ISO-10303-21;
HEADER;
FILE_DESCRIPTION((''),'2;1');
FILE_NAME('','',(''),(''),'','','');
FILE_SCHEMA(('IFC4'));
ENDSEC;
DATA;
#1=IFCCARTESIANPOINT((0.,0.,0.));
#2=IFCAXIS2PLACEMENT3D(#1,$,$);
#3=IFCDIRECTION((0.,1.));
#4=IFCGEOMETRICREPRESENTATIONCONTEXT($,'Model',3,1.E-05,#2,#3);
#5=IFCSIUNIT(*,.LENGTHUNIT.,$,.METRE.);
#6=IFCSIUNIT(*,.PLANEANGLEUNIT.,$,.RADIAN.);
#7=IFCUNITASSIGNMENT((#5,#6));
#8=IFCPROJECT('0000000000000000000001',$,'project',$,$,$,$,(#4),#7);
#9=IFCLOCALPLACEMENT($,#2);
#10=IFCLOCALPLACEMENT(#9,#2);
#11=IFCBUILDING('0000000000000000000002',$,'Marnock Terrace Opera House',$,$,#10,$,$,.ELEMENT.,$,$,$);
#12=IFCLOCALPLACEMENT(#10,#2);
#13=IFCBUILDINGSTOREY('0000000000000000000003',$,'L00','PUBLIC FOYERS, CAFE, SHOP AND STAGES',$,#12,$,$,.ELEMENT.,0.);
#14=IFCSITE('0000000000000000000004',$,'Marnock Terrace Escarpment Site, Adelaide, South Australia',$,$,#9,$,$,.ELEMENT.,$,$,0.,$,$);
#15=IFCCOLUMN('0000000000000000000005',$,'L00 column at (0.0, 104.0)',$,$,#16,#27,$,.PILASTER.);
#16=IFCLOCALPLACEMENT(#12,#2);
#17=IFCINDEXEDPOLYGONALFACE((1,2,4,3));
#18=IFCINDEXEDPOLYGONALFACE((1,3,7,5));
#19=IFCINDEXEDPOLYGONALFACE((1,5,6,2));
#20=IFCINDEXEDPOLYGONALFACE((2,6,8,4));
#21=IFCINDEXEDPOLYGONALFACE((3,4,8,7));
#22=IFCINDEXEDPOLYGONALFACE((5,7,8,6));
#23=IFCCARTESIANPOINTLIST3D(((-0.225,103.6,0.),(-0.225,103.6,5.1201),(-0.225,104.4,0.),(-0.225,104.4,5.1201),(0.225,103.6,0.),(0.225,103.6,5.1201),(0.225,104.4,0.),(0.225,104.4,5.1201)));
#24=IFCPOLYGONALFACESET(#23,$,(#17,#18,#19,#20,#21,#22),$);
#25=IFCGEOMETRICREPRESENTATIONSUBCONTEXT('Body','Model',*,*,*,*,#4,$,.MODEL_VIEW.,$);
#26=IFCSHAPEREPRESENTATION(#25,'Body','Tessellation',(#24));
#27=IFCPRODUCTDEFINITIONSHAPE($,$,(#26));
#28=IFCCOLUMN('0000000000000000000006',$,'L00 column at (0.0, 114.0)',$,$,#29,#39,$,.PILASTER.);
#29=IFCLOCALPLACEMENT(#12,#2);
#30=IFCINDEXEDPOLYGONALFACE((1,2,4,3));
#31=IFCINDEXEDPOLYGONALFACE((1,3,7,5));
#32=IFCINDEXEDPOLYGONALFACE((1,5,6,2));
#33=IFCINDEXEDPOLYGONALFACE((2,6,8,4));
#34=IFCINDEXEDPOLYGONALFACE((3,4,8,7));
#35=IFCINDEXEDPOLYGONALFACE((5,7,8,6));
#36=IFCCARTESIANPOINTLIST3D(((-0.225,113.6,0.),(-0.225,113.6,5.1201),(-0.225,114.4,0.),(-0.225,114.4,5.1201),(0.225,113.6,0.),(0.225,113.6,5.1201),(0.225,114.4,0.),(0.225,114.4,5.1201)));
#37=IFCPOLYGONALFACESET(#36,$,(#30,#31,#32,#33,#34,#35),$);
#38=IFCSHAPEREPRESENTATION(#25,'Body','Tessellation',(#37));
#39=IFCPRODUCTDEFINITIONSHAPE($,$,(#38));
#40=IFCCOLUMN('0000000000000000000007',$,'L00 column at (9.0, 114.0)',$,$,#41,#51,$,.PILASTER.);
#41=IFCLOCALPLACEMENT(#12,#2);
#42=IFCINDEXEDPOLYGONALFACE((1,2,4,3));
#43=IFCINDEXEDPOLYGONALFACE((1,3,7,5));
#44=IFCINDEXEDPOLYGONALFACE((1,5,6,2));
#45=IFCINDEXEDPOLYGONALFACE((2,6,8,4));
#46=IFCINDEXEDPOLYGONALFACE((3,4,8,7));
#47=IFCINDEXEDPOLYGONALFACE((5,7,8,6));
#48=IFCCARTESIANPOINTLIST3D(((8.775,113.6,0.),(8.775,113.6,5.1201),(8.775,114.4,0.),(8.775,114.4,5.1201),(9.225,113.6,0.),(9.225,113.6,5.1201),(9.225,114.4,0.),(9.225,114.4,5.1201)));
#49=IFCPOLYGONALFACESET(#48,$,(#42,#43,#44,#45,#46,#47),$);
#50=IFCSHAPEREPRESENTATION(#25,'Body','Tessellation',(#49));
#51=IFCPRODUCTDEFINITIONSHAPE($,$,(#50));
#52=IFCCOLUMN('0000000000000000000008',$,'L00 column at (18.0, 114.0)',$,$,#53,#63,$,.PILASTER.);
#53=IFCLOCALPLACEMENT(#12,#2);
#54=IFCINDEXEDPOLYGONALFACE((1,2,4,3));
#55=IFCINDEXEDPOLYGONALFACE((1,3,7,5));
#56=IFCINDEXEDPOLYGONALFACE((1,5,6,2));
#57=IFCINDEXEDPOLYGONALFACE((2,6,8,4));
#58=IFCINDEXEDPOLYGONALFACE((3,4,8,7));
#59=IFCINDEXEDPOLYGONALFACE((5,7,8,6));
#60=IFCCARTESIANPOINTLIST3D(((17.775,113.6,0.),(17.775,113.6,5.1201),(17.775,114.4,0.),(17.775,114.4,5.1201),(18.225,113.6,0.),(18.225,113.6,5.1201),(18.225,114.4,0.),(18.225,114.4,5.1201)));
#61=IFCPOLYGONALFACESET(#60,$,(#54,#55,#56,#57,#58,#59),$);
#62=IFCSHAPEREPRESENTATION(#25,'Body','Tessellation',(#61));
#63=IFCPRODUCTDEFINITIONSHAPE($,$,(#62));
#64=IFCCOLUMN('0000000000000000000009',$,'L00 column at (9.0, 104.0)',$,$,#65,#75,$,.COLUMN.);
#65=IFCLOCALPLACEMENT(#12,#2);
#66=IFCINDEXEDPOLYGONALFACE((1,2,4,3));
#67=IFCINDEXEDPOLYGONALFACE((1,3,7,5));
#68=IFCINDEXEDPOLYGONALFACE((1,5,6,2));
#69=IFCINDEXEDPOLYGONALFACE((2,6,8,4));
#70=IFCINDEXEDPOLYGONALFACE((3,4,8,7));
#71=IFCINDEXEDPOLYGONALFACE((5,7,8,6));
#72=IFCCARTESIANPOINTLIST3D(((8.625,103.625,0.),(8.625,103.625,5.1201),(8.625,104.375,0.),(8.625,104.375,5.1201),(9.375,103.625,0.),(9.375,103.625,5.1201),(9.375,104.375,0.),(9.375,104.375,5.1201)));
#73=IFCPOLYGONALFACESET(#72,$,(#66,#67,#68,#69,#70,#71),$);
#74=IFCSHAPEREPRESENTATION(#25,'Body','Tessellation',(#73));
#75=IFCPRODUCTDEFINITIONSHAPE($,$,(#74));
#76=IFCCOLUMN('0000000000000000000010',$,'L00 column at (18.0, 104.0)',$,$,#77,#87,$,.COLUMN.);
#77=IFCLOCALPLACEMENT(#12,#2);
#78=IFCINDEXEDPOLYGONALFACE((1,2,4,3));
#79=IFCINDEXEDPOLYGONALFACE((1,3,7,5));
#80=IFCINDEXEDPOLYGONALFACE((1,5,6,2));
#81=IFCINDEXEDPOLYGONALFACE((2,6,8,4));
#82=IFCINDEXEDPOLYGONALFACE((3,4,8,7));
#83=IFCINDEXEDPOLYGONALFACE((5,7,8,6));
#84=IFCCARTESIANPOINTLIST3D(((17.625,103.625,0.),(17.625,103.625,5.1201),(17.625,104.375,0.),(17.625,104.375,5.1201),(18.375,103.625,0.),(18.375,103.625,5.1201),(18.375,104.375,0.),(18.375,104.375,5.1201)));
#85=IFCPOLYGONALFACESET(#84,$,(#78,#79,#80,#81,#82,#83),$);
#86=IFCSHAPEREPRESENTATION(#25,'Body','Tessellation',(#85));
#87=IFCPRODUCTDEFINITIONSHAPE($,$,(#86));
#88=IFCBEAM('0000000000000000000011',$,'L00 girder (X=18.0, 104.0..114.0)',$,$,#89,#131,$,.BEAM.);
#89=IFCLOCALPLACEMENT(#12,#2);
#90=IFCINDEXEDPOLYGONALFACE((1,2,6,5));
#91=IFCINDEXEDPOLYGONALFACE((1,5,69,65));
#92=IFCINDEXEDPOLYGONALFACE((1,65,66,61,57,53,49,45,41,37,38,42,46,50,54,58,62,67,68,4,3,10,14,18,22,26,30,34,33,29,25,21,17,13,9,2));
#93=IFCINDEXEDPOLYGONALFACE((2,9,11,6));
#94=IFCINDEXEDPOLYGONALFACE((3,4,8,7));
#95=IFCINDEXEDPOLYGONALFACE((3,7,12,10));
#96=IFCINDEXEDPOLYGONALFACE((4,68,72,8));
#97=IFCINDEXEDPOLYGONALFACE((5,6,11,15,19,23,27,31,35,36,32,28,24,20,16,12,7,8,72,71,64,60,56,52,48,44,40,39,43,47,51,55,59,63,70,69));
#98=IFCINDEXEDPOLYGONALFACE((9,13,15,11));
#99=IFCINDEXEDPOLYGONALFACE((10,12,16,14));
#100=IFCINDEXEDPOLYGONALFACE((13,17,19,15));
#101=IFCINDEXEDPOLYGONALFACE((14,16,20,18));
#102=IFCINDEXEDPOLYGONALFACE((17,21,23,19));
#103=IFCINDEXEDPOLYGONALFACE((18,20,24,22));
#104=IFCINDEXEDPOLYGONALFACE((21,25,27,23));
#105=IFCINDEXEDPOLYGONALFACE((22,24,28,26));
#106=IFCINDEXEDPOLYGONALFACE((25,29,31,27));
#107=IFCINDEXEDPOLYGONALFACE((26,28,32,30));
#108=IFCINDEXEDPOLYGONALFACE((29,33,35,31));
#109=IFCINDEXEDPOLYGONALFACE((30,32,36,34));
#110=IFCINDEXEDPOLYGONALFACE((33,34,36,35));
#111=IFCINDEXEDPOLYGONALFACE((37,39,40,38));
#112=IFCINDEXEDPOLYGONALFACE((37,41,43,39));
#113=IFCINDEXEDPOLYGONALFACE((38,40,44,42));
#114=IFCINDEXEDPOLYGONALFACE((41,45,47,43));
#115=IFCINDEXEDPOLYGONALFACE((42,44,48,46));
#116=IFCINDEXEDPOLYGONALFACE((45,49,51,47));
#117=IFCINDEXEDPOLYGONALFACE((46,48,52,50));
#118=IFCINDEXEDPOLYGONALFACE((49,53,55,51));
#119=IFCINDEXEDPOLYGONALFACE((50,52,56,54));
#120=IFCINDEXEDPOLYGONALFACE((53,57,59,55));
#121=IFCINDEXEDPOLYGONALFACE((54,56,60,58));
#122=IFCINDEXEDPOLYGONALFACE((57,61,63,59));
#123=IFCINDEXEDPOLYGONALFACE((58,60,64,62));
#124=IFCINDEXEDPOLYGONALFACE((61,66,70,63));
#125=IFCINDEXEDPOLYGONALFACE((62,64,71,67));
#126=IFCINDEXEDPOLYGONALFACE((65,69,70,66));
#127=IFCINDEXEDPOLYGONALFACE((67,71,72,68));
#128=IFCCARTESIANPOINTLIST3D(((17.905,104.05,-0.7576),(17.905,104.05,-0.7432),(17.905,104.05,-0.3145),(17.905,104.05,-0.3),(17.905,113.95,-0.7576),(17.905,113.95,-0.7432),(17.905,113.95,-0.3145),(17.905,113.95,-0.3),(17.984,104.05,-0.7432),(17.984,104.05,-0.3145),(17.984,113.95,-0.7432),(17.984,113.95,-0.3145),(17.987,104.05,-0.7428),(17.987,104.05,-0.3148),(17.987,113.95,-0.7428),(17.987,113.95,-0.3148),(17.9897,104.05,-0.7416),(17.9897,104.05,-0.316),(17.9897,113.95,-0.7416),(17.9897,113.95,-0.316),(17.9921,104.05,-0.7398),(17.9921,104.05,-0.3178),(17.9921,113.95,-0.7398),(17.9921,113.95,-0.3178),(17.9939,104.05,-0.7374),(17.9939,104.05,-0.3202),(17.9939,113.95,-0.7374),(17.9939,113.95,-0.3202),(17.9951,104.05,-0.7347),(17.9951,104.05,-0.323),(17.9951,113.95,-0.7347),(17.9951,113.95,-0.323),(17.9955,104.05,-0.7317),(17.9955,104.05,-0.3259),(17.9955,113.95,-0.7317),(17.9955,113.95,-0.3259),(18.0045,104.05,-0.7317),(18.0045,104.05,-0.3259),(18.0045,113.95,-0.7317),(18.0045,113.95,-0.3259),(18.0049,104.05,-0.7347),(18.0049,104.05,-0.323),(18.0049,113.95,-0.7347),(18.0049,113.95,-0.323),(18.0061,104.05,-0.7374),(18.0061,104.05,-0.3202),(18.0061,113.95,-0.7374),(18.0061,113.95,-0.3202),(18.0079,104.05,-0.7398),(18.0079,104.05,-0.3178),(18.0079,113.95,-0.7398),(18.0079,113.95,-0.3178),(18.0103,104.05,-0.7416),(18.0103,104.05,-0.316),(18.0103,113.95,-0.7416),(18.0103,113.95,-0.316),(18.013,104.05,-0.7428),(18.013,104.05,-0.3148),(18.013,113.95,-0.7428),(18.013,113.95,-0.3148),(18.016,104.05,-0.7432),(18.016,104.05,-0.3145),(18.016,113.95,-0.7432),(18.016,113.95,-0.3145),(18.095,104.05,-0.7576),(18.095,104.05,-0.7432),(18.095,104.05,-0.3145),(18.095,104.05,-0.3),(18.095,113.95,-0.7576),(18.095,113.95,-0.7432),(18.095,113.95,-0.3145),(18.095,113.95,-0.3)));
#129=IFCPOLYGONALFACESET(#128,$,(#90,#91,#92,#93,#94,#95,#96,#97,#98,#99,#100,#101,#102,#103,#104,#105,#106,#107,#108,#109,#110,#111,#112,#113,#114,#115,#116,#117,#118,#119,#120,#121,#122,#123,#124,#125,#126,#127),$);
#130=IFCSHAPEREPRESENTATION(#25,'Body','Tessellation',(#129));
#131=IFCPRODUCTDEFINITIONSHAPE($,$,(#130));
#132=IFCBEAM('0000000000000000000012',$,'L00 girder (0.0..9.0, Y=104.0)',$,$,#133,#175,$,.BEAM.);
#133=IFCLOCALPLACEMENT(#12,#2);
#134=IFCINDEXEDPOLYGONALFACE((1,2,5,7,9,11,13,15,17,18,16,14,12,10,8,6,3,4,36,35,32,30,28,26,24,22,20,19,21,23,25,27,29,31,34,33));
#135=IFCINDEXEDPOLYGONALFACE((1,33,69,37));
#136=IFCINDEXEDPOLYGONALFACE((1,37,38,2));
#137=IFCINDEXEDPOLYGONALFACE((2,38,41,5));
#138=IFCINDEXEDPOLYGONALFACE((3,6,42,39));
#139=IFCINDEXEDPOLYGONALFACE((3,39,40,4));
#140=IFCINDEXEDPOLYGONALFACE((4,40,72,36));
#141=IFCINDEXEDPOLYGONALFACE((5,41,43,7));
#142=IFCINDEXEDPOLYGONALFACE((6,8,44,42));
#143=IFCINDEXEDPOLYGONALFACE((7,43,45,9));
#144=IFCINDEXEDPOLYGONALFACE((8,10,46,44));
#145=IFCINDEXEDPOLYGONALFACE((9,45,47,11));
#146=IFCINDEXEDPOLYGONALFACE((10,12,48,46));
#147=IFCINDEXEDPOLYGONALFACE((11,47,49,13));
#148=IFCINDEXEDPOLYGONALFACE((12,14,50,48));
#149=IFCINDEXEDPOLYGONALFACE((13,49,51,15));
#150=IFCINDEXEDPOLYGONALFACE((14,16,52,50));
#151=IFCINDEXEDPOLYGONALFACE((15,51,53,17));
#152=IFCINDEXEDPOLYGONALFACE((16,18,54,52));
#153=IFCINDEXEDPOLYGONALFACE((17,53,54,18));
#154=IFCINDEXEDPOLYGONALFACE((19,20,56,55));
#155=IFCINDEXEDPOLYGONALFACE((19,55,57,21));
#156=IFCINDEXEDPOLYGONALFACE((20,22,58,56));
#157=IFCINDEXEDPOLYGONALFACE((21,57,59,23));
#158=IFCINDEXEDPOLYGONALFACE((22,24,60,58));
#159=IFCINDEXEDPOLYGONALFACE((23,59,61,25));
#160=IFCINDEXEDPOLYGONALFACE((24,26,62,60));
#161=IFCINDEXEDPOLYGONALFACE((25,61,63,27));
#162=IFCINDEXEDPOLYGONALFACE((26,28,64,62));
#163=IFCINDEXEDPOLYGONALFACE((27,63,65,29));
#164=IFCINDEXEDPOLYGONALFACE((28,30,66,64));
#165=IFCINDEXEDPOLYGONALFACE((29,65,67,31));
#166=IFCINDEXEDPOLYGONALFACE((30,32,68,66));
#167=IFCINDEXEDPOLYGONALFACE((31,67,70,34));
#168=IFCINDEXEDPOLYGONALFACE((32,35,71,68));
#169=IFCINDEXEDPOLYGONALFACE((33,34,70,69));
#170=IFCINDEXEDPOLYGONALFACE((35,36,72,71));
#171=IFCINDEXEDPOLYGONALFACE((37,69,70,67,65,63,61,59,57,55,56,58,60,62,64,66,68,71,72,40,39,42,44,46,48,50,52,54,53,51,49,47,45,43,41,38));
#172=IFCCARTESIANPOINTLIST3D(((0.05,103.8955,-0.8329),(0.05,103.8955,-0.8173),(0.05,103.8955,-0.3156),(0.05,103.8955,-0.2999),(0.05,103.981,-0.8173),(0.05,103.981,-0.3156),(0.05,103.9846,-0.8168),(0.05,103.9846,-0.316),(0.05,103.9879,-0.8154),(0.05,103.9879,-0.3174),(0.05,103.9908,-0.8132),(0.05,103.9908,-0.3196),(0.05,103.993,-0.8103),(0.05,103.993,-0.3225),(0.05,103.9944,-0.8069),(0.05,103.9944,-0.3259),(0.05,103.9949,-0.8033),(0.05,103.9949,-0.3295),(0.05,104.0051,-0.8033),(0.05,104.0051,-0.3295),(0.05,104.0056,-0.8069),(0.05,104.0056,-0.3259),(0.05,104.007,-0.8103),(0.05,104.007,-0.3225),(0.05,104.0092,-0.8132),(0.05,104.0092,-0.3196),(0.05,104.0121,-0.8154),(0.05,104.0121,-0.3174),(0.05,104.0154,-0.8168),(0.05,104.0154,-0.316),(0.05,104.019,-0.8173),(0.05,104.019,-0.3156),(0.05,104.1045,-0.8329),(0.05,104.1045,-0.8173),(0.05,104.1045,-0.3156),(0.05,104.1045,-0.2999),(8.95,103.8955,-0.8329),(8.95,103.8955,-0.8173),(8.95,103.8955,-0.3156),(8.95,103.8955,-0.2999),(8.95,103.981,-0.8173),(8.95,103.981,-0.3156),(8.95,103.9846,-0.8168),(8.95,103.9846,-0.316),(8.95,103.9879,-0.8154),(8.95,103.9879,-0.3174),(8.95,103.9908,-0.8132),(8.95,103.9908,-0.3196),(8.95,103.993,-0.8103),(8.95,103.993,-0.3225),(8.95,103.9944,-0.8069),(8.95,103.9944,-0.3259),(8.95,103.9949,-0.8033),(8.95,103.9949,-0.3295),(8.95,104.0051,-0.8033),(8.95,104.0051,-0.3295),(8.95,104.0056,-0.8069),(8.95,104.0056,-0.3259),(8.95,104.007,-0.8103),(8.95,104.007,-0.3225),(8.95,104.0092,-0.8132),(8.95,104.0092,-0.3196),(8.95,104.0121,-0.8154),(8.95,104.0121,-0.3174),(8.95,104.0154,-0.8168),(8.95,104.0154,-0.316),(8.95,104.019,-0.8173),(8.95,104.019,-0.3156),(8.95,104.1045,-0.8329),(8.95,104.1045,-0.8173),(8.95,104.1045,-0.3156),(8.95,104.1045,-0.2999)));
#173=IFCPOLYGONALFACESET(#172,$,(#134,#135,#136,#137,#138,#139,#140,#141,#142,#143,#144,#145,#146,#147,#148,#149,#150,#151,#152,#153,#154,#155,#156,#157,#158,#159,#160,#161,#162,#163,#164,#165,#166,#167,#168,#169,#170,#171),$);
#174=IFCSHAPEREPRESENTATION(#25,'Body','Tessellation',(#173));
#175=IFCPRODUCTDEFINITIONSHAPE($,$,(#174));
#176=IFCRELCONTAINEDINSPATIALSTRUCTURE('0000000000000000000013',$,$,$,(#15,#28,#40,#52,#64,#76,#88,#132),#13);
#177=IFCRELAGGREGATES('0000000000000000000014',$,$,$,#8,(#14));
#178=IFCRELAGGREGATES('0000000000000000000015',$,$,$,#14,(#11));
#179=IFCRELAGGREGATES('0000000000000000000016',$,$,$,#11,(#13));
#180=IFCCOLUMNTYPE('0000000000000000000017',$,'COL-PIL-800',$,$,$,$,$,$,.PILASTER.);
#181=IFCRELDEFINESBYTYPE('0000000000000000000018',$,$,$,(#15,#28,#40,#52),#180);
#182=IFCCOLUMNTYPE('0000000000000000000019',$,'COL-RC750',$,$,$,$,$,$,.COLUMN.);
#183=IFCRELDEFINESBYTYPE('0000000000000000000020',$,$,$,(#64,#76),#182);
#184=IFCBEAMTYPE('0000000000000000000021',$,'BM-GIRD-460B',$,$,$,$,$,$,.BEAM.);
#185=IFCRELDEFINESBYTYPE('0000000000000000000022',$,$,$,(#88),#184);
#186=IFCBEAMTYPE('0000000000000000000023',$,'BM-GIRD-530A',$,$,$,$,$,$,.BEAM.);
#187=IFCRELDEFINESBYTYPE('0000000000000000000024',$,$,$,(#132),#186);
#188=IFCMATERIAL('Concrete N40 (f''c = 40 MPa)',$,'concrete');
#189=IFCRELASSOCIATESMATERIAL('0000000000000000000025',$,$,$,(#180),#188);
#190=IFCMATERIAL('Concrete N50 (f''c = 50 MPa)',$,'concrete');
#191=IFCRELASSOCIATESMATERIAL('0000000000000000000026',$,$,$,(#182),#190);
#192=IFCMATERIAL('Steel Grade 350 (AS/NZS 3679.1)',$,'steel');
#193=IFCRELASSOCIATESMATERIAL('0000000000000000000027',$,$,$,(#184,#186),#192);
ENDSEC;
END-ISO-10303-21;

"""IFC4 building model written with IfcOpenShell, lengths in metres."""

from ifc_helpers import new_model, si_unit, direction, frame, origin, origin_2d, place, context, subcontext, project, spatial, rectangle, i_section, extrude, material, material_profile, profile_set, type_object, element, save


model = new_model("IFC4")

# Units and contexts
model_context = context("Model", 3, precision=1e-05, world=origin(), true_north=direction((0.0, 1.0)))
body_context = subcontext(model_context, "Body", "Model", "MODEL_VIEW")
ifc_project = project(units=[si_unit("LENGTHUNIT", "METRE"), si_unit("PLANEANGLEUNIT", "RADIAN")], contexts=[model_context])

# Site, building, storey
site_placement = place(None, origin())
site = spatial("IfcSite", under=ifc_project, at=site_placement, Name="Marnock Terrace Escarpment Site, Adelaide, South Australia", CompositionType="ELEMENT", RefElevation=0.0)
building_placement = place(site_placement, origin())
building = spatial("IfcBuilding", under=site, at=building_placement, Name="Marnock Terrace Opera House", CompositionType="ELEMENT")
storey_placement = place(building_placement, origin())
storey = spatial("IfcBuildingStorey", under=building, at=storey_placement, Name="L00", Description="PUBLIC FOYERS, CAFE, SHOP AND STAGES", CompositionType="ELEMENT", Elevation=0.0)

# Columns
ifc_material_1 = material(Name="Concrete N40 (f'c = 40 MPa)", Category="concrete")
ifc_material_profile_1 = material_profile(ifc_material_1, rectangle(XDim=0.45, YDim=0.8, at=origin_2d()))
ifc_profile_set_1 = profile_set([ifc_material_profile_1], Name="Concrete N40 (f'c = 40 MPa)")
column_type_1 = type_object("IfcColumnType", Name="COL-PIL-800", PredefinedType="PILASTER", material=ifc_profile_set_1)
for number, where, z_axis, x_axis, name in (
    (1, (0.0, 104.0, 0.0), (0.0, 0.0, 1.0), (1.0, 0.0, 0.0), "L00 column at (0.0, 104.0)"),
    (2, (0.0, 114.0, 0.0), (0.0, 0.0, 1.0), (1.0, 0.0, 0.0), "L00 column at (0.0, 114.0)"),
    (3, (9.0, 114.0, 0.0), (0.0, 0.0, 1.0), (1.0, 0.0, 0.0), "L00 column at (9.0, 114.0)"),
    (4, (18.0, 114.0, 0.0), (0.0, 0.0, 1.0), (1.0, 0.0, 0.0), "L00 column at (18.0, 114.0)"),
):
    element("IfcColumn", number, at=place(storey_placement, frame(where, z_axis=z_axis, x_axis=x_axis)), inside=storey, type_object=column_type_1, Name=name, PredefinedType="PILASTER", context=body_context, shape_type="SweptSolid", body=[
        extrude(rectangle(XDim=0.45, YDim=0.8, at=origin_2d()), origin(), (0.0, 0.0, 1.0), 5.1201),
    ])
ifc_material_2 = material(Name="Concrete N50 (f'c = 50 MPa)", Category="concrete")
ifc_material_profile_2 = material_profile(ifc_material_2, rectangle(XDim=0.75, YDim=0.75, at=origin_2d()))
ifc_profile_set_2 = profile_set([ifc_material_profile_2], Name="Concrete N50 (f'c = 50 MPa)")
column_type_2 = type_object("IfcColumnType", Name="COL-RC750", PredefinedType="COLUMN", material=ifc_profile_set_2)
for number, where, z_axis, x_axis, name in (
    (5, (9.0, 104.0, 0.0), (0.0, 0.0, 1.0), (1.0, 0.0, 0.0), "L00 column at (9.0, 104.0)"),
    (6, (18.0, 104.0, 0.0), (0.0, 0.0, 1.0), (1.0, 0.0, 0.0), "L00 column at (18.0, 104.0)"),
):
    element("IfcColumn", number, at=place(storey_placement, frame(where, z_axis=z_axis, x_axis=x_axis)), inside=storey, type_object=column_type_2, Name=name, PredefinedType="COLUMN", context=body_context, shape_type="SweptSolid", body=[
        extrude(rectangle(XDim=0.75, YDim=0.75, at=origin_2d()), origin(), (0.0, 0.0, 1.0), 5.1201),
    ])

# Beams
ifc_material_3 = material(Name="Steel Grade 350 (AS/NZS 3679.1)", Category="steel")
ifc_material_profile_3 = material_profile(ifc_material_3, i_section(OverallWidth=0.1899, OverallDepth=0.4575, WebThickness=0.009, FlangeThickness=0.0144, FilletRadius=0.0115, at=origin_2d()))
ifc_profile_set_3 = profile_set([ifc_material_profile_3], Name="Steel Grade 350 (AS/NZS 3679.1)")
beam_type_1 = type_object("IfcBeamType", Name="BM-GIRD-460B", PredefinedType="BEAM", material=ifc_profile_set_3)
beam_1_placement = place(storey_placement, frame((18.0, 104.05, -0.5288), z_axis=(0.0, 1.0, 0.0), x_axis=(-1.0, 0.0, 0.0)))
element("IfcBeam", 7, at=beam_1_placement, inside=storey, type_object=beam_type_1, Name="L00 girder (X=18.0, 104.0..114.0)", PredefinedType="BEAM", context=body_context, shape_type="SweptSolid", body=[
    extrude(i_section(OverallWidth=0.1899, OverallDepth=0.4575, WebThickness=0.009, FlangeThickness=0.0144, FilletRadius=0.0115, at=origin_2d()), origin(), (0.0, 0.0, 1.0), 9.8999),
])
ifc_material_profile_4 = material_profile(ifc_material_3, i_section(OverallWidth=0.209, OverallDepth=0.533, WebThickness=0.0103, FlangeThickness=0.0156, FilletRadius=0.0139, at=origin_2d()))
ifc_profile_set_4 = profile_set([ifc_material_profile_4], Name="Steel Grade 350 (AS/NZS 3679.1)")
beam_type_2 = type_object("IfcBeamType", Name="BM-GIRD-530A", PredefinedType="BEAM", material=ifc_profile_set_4)
beam_2_placement = place(storey_placement, frame((0.05, 104.0, -0.5664), z_axis=(1.0, 0.0, 0.0), x_axis=(0.0, 1.0, 0.0)))
element("IfcBeam", 8, at=beam_2_placement, inside=storey, type_object=beam_type_2, Name="L00 girder (0.0..9.0, Y=104.0)", PredefinedType="BEAM", context=body_context, shape_type="SweptSolid", body=[
    extrude(i_section(OverallWidth=0.209, OverallDepth=0.533, WebThickness=0.0103, FlangeThickness=0.0156, FilletRadius=0.0139, at=origin_2d()), origin(), (0.0, 0.0, 1.0), 8.8999),
])

save(model, "model.ifc")
